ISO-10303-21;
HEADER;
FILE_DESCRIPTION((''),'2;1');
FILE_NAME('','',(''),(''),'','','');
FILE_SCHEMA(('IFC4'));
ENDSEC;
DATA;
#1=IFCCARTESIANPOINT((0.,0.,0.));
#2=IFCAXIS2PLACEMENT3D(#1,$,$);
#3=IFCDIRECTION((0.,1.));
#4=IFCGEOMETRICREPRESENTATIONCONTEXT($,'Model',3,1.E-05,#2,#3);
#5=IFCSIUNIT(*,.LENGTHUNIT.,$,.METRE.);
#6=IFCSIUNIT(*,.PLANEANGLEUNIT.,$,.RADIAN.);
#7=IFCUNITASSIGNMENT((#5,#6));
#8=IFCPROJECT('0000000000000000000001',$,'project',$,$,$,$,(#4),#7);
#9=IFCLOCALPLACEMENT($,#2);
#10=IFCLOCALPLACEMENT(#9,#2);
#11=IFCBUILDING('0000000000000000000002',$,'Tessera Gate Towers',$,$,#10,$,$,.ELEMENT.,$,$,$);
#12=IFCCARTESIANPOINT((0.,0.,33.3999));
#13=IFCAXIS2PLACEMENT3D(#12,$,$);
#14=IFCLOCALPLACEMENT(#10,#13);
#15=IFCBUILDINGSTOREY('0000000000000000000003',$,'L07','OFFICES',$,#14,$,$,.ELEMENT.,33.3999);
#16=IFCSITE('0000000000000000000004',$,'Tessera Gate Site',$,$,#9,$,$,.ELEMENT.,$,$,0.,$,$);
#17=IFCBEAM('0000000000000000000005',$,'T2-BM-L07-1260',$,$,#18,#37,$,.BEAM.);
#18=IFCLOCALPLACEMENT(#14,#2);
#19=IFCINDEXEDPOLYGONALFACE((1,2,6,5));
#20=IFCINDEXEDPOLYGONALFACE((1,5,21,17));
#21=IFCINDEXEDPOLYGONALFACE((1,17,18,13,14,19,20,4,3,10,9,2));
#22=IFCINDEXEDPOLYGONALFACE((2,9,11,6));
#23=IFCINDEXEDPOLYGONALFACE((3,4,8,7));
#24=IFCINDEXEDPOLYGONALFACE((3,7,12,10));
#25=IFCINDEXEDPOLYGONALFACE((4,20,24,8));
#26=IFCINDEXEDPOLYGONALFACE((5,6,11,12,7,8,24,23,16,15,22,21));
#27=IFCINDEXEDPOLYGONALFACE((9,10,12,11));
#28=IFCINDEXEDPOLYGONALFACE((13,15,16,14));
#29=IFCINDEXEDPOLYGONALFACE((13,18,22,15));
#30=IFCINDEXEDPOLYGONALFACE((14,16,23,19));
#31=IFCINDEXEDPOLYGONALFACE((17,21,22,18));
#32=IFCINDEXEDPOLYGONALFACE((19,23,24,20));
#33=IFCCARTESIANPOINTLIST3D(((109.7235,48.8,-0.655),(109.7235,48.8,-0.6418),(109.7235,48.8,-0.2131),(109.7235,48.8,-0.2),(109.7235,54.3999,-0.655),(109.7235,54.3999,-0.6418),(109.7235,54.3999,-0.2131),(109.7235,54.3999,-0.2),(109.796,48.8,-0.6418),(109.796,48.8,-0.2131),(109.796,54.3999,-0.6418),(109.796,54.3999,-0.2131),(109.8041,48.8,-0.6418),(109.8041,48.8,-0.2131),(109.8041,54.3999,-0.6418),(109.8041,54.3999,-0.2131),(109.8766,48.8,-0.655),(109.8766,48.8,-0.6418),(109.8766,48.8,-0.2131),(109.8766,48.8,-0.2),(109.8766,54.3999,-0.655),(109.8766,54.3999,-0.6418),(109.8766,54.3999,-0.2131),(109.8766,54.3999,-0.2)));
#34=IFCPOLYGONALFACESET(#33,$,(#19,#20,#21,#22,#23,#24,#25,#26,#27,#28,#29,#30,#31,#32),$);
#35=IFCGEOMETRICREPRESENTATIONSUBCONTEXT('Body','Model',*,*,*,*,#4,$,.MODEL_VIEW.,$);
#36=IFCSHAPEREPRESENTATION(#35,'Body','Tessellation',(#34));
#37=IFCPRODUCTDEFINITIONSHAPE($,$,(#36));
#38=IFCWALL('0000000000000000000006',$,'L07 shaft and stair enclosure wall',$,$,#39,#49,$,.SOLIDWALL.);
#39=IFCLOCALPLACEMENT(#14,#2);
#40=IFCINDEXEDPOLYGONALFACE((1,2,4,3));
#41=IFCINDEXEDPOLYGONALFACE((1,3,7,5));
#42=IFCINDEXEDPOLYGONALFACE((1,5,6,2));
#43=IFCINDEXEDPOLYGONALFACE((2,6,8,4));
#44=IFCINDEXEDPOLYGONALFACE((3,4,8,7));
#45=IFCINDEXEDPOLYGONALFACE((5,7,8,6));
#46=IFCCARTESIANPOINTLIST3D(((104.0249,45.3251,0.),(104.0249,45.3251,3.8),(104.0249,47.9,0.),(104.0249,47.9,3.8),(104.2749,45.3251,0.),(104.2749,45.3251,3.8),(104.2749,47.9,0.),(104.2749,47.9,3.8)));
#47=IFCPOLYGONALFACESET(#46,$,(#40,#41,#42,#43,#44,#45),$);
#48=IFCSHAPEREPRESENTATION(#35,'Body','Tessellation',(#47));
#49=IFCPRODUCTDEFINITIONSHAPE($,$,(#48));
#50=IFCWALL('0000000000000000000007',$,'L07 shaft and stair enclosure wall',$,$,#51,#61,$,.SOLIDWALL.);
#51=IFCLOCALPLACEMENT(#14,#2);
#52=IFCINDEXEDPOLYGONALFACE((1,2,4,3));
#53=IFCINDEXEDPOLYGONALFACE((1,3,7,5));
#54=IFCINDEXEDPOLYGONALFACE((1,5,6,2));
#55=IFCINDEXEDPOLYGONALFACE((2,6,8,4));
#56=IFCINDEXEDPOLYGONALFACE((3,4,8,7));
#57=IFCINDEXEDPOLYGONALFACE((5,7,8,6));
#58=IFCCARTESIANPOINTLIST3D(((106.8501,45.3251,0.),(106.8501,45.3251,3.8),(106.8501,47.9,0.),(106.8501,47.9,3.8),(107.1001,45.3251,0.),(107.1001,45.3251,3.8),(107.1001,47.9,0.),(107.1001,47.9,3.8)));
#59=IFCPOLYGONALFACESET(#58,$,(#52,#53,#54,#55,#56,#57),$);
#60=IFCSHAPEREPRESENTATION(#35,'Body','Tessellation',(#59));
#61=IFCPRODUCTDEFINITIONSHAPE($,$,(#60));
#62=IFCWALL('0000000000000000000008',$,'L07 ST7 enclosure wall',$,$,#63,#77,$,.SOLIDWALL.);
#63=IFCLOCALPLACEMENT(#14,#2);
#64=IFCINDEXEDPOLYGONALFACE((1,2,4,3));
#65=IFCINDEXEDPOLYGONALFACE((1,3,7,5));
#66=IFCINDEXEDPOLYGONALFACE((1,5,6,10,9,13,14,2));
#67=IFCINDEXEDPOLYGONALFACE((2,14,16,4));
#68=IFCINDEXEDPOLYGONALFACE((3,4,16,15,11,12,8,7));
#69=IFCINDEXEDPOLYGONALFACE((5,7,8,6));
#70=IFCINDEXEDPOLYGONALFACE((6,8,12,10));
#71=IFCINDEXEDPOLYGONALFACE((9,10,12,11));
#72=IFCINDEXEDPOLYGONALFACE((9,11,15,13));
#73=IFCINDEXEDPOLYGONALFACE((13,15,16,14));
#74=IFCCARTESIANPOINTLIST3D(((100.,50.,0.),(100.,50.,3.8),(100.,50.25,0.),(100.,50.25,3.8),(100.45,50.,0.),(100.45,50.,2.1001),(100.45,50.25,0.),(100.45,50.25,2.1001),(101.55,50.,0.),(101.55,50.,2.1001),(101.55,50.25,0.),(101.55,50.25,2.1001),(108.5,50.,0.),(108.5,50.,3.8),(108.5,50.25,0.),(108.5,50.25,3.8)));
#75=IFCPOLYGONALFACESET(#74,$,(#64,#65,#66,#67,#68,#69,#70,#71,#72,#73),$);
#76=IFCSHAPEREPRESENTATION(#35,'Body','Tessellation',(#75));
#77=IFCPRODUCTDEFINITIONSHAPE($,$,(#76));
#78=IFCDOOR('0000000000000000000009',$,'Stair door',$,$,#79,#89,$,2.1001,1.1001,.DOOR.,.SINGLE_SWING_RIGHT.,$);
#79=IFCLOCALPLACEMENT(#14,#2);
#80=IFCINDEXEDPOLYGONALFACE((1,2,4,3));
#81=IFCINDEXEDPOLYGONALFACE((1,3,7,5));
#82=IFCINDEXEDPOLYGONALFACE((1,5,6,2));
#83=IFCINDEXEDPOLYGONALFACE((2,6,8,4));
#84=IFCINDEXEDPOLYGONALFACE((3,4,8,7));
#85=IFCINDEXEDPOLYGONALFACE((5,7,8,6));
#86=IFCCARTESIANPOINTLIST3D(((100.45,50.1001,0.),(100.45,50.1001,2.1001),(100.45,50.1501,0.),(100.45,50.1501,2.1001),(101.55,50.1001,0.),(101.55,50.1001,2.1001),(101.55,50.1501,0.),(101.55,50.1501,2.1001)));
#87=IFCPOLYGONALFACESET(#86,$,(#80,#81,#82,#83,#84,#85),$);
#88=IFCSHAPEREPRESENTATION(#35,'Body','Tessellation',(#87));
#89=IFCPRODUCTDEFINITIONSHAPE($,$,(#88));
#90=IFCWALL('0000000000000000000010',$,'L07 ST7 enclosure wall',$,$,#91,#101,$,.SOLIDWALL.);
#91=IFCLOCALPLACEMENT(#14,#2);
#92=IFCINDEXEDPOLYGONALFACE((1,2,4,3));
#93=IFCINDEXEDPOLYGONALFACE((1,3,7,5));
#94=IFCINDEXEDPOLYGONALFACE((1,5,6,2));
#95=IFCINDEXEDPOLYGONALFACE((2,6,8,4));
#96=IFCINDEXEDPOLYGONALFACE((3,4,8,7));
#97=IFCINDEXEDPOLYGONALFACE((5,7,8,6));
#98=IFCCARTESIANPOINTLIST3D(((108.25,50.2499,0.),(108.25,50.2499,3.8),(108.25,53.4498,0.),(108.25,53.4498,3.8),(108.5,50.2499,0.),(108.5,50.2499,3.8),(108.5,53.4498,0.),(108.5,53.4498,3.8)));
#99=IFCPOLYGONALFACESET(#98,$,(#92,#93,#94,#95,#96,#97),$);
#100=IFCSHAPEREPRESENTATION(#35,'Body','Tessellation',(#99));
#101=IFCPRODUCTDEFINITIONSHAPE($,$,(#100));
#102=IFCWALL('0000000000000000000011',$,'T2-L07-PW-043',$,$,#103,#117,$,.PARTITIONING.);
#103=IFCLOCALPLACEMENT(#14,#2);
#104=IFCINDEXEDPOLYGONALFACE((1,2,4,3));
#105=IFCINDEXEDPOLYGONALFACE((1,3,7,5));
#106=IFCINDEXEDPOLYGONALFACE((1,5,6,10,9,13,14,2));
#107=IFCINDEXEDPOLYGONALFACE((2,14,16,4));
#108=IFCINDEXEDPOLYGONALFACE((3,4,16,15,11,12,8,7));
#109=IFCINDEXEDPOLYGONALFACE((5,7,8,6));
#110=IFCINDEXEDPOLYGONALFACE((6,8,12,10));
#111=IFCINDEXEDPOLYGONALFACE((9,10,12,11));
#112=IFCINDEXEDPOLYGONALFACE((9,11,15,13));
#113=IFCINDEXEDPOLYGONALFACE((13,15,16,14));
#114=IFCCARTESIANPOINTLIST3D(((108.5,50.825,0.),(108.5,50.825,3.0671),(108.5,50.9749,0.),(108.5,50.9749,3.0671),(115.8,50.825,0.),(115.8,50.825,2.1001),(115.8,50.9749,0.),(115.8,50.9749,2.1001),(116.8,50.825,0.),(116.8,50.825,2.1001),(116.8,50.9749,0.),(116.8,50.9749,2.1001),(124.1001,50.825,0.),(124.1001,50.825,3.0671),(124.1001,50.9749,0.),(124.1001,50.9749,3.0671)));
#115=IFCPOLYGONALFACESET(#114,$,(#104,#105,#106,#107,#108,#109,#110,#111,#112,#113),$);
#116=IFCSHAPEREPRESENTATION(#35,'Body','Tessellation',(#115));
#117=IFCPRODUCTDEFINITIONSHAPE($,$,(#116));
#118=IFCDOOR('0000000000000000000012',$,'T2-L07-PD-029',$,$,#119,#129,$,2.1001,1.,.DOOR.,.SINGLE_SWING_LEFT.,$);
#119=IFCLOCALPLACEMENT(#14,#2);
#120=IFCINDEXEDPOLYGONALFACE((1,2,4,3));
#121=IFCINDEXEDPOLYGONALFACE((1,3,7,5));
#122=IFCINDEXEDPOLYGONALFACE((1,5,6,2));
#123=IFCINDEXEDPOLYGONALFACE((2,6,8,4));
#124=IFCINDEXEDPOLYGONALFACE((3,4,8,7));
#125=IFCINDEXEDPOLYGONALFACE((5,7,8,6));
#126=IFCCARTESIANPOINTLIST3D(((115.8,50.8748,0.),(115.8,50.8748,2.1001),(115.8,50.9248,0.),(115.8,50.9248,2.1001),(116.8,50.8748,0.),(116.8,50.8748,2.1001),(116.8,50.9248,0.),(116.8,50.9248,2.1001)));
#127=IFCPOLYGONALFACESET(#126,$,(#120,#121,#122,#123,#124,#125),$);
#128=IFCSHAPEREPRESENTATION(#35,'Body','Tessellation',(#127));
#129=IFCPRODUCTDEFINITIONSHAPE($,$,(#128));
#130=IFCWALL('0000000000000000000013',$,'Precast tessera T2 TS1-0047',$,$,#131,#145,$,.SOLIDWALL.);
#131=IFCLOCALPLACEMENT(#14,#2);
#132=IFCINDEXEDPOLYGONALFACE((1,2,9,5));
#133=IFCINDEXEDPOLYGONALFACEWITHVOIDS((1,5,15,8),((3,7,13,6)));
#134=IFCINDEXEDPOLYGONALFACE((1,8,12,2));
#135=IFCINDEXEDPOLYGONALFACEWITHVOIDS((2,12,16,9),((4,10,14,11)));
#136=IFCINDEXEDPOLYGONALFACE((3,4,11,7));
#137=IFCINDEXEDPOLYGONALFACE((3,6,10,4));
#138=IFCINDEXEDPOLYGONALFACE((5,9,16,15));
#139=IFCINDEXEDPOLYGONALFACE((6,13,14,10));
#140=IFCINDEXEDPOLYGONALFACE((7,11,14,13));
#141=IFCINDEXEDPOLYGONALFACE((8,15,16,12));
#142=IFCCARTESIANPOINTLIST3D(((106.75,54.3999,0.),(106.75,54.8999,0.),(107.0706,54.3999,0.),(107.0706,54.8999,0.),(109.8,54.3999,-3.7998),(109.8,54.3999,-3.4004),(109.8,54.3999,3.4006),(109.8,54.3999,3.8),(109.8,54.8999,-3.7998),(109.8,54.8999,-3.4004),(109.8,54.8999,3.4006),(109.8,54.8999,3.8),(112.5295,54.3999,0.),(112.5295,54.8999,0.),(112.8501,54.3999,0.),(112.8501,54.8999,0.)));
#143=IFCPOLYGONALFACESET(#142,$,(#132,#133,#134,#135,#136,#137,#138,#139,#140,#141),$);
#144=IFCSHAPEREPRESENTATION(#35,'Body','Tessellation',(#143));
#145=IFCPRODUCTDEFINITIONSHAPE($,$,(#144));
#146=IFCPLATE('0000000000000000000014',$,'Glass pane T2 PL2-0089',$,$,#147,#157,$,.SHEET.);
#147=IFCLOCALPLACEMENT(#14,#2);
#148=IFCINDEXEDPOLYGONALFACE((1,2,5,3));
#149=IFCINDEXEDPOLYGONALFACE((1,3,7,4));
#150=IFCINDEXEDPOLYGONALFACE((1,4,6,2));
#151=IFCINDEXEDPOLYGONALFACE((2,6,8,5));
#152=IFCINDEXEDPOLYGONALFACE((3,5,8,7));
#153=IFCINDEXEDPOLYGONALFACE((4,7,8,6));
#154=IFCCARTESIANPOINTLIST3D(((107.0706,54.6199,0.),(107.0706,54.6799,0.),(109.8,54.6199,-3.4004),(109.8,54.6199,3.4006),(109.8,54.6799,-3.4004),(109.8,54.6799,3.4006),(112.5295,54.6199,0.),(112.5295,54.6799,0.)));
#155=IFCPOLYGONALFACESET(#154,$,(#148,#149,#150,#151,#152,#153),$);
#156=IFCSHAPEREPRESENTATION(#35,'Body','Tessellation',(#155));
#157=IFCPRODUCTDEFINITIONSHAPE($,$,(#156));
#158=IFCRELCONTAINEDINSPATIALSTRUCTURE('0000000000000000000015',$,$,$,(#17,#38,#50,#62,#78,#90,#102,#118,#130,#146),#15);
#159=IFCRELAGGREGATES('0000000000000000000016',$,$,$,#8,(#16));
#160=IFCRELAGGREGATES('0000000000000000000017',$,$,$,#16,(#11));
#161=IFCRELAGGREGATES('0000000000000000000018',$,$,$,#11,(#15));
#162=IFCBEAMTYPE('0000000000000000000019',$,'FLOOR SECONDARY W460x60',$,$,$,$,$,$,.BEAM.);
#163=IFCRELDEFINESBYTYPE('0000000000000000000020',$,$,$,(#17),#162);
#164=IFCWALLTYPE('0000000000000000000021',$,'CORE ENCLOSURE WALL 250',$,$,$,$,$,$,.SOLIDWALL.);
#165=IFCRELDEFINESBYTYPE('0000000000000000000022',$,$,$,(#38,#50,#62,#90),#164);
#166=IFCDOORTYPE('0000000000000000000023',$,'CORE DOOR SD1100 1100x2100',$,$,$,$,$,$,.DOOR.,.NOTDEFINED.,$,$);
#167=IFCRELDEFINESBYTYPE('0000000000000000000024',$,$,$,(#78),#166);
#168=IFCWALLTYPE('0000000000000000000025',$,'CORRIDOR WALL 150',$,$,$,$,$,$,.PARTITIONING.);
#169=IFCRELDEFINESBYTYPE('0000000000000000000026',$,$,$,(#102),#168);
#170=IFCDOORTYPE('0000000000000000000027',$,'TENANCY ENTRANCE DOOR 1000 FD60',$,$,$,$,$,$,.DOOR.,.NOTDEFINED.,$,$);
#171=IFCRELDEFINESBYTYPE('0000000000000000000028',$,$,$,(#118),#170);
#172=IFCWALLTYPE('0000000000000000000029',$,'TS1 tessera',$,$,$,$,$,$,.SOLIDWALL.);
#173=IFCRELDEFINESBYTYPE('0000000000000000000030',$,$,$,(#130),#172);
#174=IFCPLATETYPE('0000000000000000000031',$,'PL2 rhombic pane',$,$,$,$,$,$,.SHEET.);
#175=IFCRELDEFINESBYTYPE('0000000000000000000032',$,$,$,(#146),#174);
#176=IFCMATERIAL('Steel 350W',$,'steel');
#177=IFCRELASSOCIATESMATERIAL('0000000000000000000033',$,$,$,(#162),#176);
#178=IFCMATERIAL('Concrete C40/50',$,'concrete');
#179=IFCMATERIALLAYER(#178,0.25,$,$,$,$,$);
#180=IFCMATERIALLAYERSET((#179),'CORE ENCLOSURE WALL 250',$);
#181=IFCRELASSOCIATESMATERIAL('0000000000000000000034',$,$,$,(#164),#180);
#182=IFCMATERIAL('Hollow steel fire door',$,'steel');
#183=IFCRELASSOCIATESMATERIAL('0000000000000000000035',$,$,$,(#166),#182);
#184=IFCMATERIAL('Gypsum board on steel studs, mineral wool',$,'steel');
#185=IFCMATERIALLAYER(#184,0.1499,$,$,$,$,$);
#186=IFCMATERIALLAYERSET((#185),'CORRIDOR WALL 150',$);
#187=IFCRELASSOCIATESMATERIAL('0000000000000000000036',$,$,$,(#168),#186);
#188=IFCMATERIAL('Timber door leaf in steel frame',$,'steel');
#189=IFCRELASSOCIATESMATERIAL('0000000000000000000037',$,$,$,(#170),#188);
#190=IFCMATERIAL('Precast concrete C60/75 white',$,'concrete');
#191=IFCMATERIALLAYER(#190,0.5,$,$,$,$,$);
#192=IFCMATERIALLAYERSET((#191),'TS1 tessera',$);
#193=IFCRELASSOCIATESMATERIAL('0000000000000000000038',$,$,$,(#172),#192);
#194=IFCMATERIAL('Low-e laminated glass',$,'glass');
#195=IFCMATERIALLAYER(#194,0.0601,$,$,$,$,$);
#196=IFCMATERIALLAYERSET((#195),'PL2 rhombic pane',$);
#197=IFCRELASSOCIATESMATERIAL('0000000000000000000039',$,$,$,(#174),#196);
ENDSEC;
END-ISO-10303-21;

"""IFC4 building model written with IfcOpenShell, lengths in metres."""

from ifc_helpers import new_model, si_unit, direction, frame, frame_2d, origin, origin_2d, place, context, subcontext, project, spatial, polyline, rectangle, i_section, outline, extrude, source, transform, mapped, material, layer, layer_set, material_profile, profile_set, type_object, element, fill, save


model = new_model("IFC4")

# Units and contexts
model_context = context("Model", 3, precision=1e-05, world=origin(), true_north=direction((0.0, 1.0)))
body_context = subcontext(model_context, "Body", "Model", "MODEL_VIEW")
ifc_project = project(units=[si_unit("LENGTHUNIT", "METRE"), si_unit("PLANEANGLEUNIT", "RADIAN")], contexts=[model_context])

# Site, building, storey
site_placement = place(None, origin())
site = spatial("IfcSite", under=ifc_project, at=site_placement, Name="Tessera Gate Site", CompositionType="ELEMENT", RefElevation=0.0)
building_placement = place(site_placement, origin())
building = spatial("IfcBuilding", under=site, at=building_placement, Name="Tessera Gate Towers", CompositionType="ELEMENT")
storey_placement = place(building_placement, frame((0.0, 0.0, 33.3999)))
storey = spatial("IfcBuildingStorey", under=building, at=storey_placement, Name="L07", Description="OFFICES", CompositionType="ELEMENT", Elevation=33.3999)

# Beam
ifc_material_1 = material(Name="Steel 350W", Category="steel")
ifc_material_profile = material_profile(ifc_material_1, i_section(OverallWidth=0.1531, OverallDepth=0.4551, WebThickness=0.0081, FlangeThickness=0.0132, at=origin_2d()), Name="W460x60")
ifc_profile_set = profile_set([ifc_material_profile], Name="Steel 350W")
beam_type = type_object("IfcBeamType", Name="FLOOR SECONDARY W460x60", PredefinedType="BEAM", material=ifc_profile_set)
beam_placement = place(storey_placement, frame((109.8, 48.8, -0.4275), z_axis=(0.0, 1.0, 0.0), x_axis=(-1.0, 0.0, 0.0)))
element("IfcBeam", 1, at=beam_placement, inside=storey, type_object=beam_type, Name="T2-BM-L07-1260", PredefinedType="BEAM", context=body_context, shape_type="SweptSolid", body=[
    extrude(i_section(OverallWidth=0.1531, OverallDepth=0.4551, WebThickness=0.0081, FlangeThickness=0.0132, at=origin_2d()), origin(), (0.0, 0.0, 1.0), 5.5999),
])

# Walls
ifc_material_2 = material(Name="Concrete C40/50", Category="concrete")
ifc_layer_1 = layer(ifc_material_2, 0.25)
ifc_layer_set_1 = layer_set([ifc_layer_1], Name="CORE ENCLOSURE WALL 250")
wall_type_1 = type_object("IfcWallType", Name="CORE ENCLOSURE WALL 250", PredefinedType="SOLIDWALL", material=ifc_layer_set_1)
for number, where, z_axis, x_axis, name in (
    (2, (104.1499, 45.325, 0.0), (0.0, 0.0, 1.0), (0.0, 1.0, 0.0), "L07 shaft and stair enclosure wall"),
    (3, (106.9751, 45.325, 0.0), (0.0, 0.0, 1.0), (0.0, 1.0, 0.0), "L07 shaft and stair enclosure wall"),
):
    element("IfcWall", number, at=place(storey_placement, frame(where, z_axis=z_axis, x_axis=x_axis)), inside=storey, type_object=wall_type_1, Name=name, PredefinedType="SOLIDWALL", context=body_context, shape_type="SweptSolid", body=[
        extrude(rectangle(XDim=2.575, YDim=0.25, at=frame_2d((1.2876, 0.0))), origin(), (0.0, 0.0, 1.0), 3.8),
    ])

# Wall, opening, door
wall_1_placement = place(storey_placement, frame((108.5, 50.125, 0.0), z_axis=(0.0, 0.0, 1.0), x_axis=(-1.0, 0.0, 0.0)))
wall_1 = element("IfcWall", 4, at=wall_1_placement, inside=storey, type_object=wall_type_1, Name="L07 ST7 enclosure wall", PredefinedType="SOLIDWALL", context=body_context, shape_type="SweptSolid", body=[
    extrude(rectangle(XDim=8.5, YDim=0.25, at=frame_2d((4.25, 0.0))), origin(), (0.0, 0.0, 1.0), 3.8),
])
shared_shape_1 = source(origin(), body_context, "Body", "SweptSolid", [
    extrude(rectangle(XDim=1.1001, YDim=2.1001, at=frame_2d((0.55, 1.05))), frame((0.0, 0.135, 0.0), z_axis=(0.0, -1.0, 0.0), x_axis=(1.0, 0.0, 0.0)), (0.0, 0.0, 1.0), 0.27),
])
opening_1_placement = place(wall_1_placement, frame((6.95, 0.0, 0.0)))
opening_1 = element("IfcOpeningElement", 5, at=opening_1_placement, cuts=wall_1, PredefinedType="OPENING", context=body_context, shape_type="MappedRepresentation", body=[
    mapped(shared_shape_1, transform((0.0, 0.0, 0.0), scale=1.0)),
])
ifc_material_3 = material(Name="Hollow steel fire door", Category="steel")
door_type_1 = type_object("IfcDoorType", Name="CORE DOOR SD1100 1100x2100", OperationType="NOTDEFINED", PredefinedType="DOOR", material=ifc_material_3)
shared_shape_2 = source(origin(), body_context, "Body", "SweptSolid", [
    extrude(rectangle(XDim=1.1001, YDim=2.1001, at=frame_2d((0.55, 1.05))), frame((0.0, 0.0249, 0.0), z_axis=(0.0, -1.0, 0.0), x_axis=(1.0, 0.0, 0.0)), (0.0, 0.0, 1.0), 0.05),
])
door_1_placement = place(opening_1_placement, origin())
door_1 = element("IfcDoor", 6, at=door_1_placement, inside=storey, type_object=door_type_1, Name="Stair door", OperationType="SINGLE_SWING_RIGHT", OverallHeight=2.1001, OverallWidth=1.1001, PredefinedType="DOOR", context=body_context, shape_type="MappedRepresentation", body=[
    mapped(shared_shape_2, transform((0.0, 0.0, 0.0), scale=1.0)),
])
fill(opening_1, door_1)

# Wall
wall_2_placement = place(storey_placement, frame((108.375, 53.45, 0.0), z_axis=(0.0, 0.0, 1.0), x_axis=(0.0, -1.0, 0.0)))
element("IfcWall", 7, at=wall_2_placement, inside=storey, type_object=wall_type_1, Name="L07 ST7 enclosure wall", PredefinedType="SOLIDWALL", context=body_context, shape_type="SweptSolid", body=[
    extrude(rectangle(XDim=3.2, YDim=0.25, at=frame_2d((1.6001, 0.0))), origin(), (0.0, 0.0, 1.0), 3.8),
])

# Wall, opening, door
ifc_material_4 = material(Name="Gypsum board on steel studs, mineral wool", Category="steel")
ifc_layer_2 = layer(ifc_material_4, 0.1499)
ifc_layer_set_2 = layer_set([ifc_layer_2], Name="CORRIDOR WALL 150")
wall_type_2 = type_object("IfcWallType", Name="CORRIDOR WALL 150", PredefinedType="PARTITIONING", material=ifc_layer_set_2)
wall_3_placement = place(storey_placement, frame((108.5, 50.8999, 0.0), z_axis=(0.0, 0.0, 1.0), x_axis=(1.0, 0.0, 0.0)))
wall_3 = element("IfcWall", 8, at=wall_3_placement, inside=storey, type_object=wall_type_2, Name="T2-L07-PW-043", PredefinedType="PARTITIONING", context=body_context, shape_type="SweptSolid", body=[
    extrude(rectangle(XDim=15.6001, YDim=0.1499, at=frame_2d((7.8, 0.0))), origin(), (0.0, 0.0, 1.0), 3.0671),
])
shared_shape_3 = source(origin(), body_context, "Body", "SweptSolid", [
    extrude(rectangle(XDim=1.0, YDim=2.1001, at=frame_2d((0.5, 1.05))), frame((0.0, 0.085, 0.0), z_axis=(0.0, -1.0, 0.0), x_axis=(1.0, 0.0, 0.0)), (0.0, 0.0, 1.0), 0.1699),
])
opening_2_placement = place(wall_3_placement, frame((7.3, 0.0, 0.0)))
opening_2 = element("IfcOpeningElement", 9, at=opening_2_placement, cuts=wall_3, PredefinedType="OPENING", context=body_context, shape_type="MappedRepresentation", body=[
    mapped(shared_shape_3, transform((0.0, 0.0, 0.0), scale=1.0)),
])
ifc_material_5 = material(Name="Timber door leaf in steel frame", Category="steel")
door_type_2 = type_object("IfcDoorType", Name="TENANCY ENTRANCE DOOR 1000 FD60", OperationType="NOTDEFINED", PredefinedType="DOOR", material=ifc_material_5)
shared_shape_4 = source(origin(), body_context, "Body", "SweptSolid", [
    extrude(rectangle(XDim=1.0, YDim=2.1001, at=frame_2d((0.5, 1.05))), frame((0.0, 0.0249, 0.0), z_axis=(0.0, -1.0, 0.0), x_axis=(1.0, 0.0, 0.0)), (0.0, 0.0, 1.0), 0.05),
])
door_2_placement = place(opening_2_placement, origin())
door_2 = element("IfcDoor", 10, at=door_2_placement, inside=storey, type_object=door_type_2, Name="T2-L07-PD-029", OperationType="SINGLE_SWING_LEFT", OverallHeight=2.1001, OverallWidth=1.0, PredefinedType="DOOR", context=body_context, shape_type="MappedRepresentation", body=[
    mapped(shared_shape_4, transform((0.0, 0.0, 0.0), scale=1.0)),
])
fill(opening_2, door_2)

# Wall, opening, plate
ifc_material_6 = material(Name="Precast concrete C60/75 white", Category="concrete")
ifc_layer_3 = layer(ifc_material_6, 0.5)
ifc_layer_set_3 = layer_set([ifc_layer_3], Name="TS1 tessera")
wall_type_3 = type_object("IfcWallType", Name="TS1 tessera", PredefinedType="SOLIDWALL", material=ifc_layer_set_3)
shared_shape_5 = source(origin(), body_context, "Body", "SweptSolid", [
    extrude(outline(polyline([(3.05, 0.0), (6.1001, 3.7998), (3.05, 7.5999), (0.0, 3.7998), (3.05, 0.0)])), frame((0.0, 0.25, 0.0), z_axis=(0.0, -1.0, 0.0), x_axis=(1.0, 0.0, 0.0)), (0.0, 0.0, 1.0), 0.5),
])
wall_4_placement = place(storey_placement, frame((112.8501, 54.6499, -3.7998), z_axis=(0.0, 0.0, 1.0), x_axis=(-1.0, 0.0, 0.0)))
wall_4 = element("IfcWall", 11, at=wall_4_placement, inside=storey, type_object=wall_type_3, Name="Precast tessera T2 TS1-0047", PredefinedType="SOLIDWALL", context=body_context, shape_type="MappedRepresentation", body=[
    mapped(shared_shape_5, transform((0.0, 0.0, 0.0), scale=1.0)),
])
shared_shape_6 = source(origin(), body_context, "Body", "SweptSolid", [
    extrude(outline(polyline([(3.05, 0.3994), (5.7795, 3.7998), (3.05, 7.2004), (0.3206, 3.7998), (3.05, 0.3994)])), frame((0.0, 0.26, 0.0), z_axis=(0.0, -1.0, 0.0), x_axis=(1.0, 0.0, 0.0)), (0.0, 0.0, 1.0), 0.52),
])
opening_3_placement = place(wall_4_placement, origin())
opening_3 = element("IfcOpeningElement", 12, at=opening_3_placement, cuts=wall_4, PredefinedType="OPENING", context=body_context, shape_type="MappedRepresentation", body=[
    mapped(shared_shape_6, transform((0.0, 0.0, 0.0), scale=1.0)),
])
ifc_material_7 = material(Name="Low-e laminated glass", Category="glass")
ifc_layer_4 = layer(ifc_material_7, 0.0601)
ifc_layer_set_4 = layer_set([ifc_layer_4], Name="PL2 rhombic pane")
plate_type = type_object("IfcPlateType", Name="PL2 rhombic pane", PredefinedType="SHEET", material=ifc_layer_set_4)
shared_shape_7 = source(origin(), body_context, "Body", "SweptSolid", [
    extrude(outline(polyline([(3.05, 0.3994), (5.7795, 3.7998), (3.05, 7.2004), (0.3206, 3.7998), (3.05, 0.3994)])), frame((0.0, 0.03, 0.0), z_axis=(0.0, -1.0, 0.0), x_axis=(1.0, 0.0, 0.0)), (0.0, 0.0, 1.0), 0.0601),
])
plate_1_placement = place(opening_3_placement, origin())
plate_1 = element("IfcPlate", 13, at=plate_1_placement, inside=storey, type_object=plate_type, Name="Glass pane T2 PL2-0089", PredefinedType="SHEET", context=body_context, shape_type="MappedRepresentation", body=[
    mapped(shared_shape_7, transform((0.0, 0.0, 0.0), scale=1.0)),
])
fill(opening_3, plate_1)

save(model, "model.ifc")
